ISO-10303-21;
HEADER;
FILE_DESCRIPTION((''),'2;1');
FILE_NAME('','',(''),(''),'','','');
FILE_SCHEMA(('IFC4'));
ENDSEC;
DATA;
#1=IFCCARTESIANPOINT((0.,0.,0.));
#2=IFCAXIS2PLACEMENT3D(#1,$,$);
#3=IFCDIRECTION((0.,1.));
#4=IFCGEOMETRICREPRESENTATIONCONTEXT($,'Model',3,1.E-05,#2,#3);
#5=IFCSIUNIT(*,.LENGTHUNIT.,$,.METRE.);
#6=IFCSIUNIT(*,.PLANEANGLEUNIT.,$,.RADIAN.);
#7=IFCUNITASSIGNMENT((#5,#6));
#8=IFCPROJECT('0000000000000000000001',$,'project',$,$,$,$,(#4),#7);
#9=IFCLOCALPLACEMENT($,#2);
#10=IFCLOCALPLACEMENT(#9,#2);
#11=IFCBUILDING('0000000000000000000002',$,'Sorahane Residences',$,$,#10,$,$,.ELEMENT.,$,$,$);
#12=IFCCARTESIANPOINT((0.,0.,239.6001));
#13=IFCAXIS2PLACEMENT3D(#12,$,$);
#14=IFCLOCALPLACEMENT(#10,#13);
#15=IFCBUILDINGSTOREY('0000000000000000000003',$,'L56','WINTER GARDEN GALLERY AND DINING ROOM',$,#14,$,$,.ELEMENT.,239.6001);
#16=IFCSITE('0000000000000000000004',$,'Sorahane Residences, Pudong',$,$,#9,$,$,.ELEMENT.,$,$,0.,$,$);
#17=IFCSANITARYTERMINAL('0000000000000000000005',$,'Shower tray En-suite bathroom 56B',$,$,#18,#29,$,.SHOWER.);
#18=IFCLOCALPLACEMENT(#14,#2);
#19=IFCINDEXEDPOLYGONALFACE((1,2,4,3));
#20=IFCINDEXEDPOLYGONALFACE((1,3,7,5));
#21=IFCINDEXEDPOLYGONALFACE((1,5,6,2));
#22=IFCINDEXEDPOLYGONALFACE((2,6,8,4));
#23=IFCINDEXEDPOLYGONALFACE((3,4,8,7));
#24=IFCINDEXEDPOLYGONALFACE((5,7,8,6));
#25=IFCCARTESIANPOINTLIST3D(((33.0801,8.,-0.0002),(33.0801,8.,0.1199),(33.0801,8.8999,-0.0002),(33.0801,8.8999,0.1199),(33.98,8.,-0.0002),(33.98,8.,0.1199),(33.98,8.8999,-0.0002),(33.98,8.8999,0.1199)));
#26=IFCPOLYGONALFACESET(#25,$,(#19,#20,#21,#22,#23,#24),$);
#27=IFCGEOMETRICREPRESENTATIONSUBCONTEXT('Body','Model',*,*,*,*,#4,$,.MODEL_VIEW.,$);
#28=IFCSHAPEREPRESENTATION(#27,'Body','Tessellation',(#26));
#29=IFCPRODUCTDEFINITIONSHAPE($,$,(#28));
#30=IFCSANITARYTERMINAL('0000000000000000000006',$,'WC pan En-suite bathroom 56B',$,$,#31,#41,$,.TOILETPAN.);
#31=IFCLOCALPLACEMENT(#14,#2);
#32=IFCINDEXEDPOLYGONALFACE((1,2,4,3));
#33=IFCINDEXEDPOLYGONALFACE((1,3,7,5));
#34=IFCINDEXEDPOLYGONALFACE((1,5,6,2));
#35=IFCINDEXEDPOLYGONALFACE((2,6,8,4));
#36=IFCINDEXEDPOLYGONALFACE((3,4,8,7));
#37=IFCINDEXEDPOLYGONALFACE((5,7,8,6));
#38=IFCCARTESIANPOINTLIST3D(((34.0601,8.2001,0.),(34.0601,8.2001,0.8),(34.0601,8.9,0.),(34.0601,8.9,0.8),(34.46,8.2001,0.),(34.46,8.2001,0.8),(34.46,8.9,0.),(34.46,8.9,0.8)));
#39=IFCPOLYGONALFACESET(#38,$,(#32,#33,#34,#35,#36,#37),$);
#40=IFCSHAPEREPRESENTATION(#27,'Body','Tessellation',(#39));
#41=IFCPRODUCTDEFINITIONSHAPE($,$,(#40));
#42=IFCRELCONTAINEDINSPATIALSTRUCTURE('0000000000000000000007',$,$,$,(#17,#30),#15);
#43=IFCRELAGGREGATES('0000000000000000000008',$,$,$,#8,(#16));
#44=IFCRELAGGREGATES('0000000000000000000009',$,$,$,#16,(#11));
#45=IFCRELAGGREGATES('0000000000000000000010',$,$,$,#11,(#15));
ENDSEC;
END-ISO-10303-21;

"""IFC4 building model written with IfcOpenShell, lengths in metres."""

from ifc_helpers import new_model, si_unit, direction, frame, origin, origin_2d, place, context, subcontext, project, spatial, rectangle, extrude, element, save


model = new_model("IFC4")

# Units and contexts
model_context = context("Model", 3, precision=1e-05, world=origin(), true_north=direction((0.0, 1.0)))
body_context = subcontext(model_context, "Body", "Model", "MODEL_VIEW")
ifc_project = project(units=[si_unit("LENGTHUNIT", "METRE"), si_unit("PLANEANGLEUNIT", "RADIAN")], contexts=[model_context])

# Site, building, storey
site_placement = place(None, origin())
site = spatial("IfcSite", under=ifc_project, at=site_placement, Name="Sorahane Residences, Pudong", CompositionType="ELEMENT", RefElevation=0.0)
building_placement = place(site_placement, origin())
building = spatial("IfcBuilding", under=site, at=building_placement, Name="Sorahane Residences", CompositionType="ELEMENT")
storey_placement = place(building_placement, frame((0.0, 0.0, 239.6001)))
storey = spatial("IfcBuildingStorey", under=building, at=storey_placement, Name="L56", Description="WINTER GARDEN GALLERY AND DINING ROOM", CompositionType="ELEMENT", Elevation=239.6001)

# Sanitary terminals
sanitary_terminal_1_placement = place(storey_placement, frame((33.53, 8.45, -0.0002), z_axis=(0.0, 0.0, 1.0), x_axis=(1.0, 0.0, 0.0)))
element("IfcSanitaryTerminal", 1, at=sanitary_terminal_1_placement, inside=storey, Name="Shower tray En-suite bathroom 56B", PredefinedType="SHOWER", context=body_context, shape_type="SweptSolid", body=[
    extrude(rectangle(XDim=0.8999, YDim=0.8999, at=origin_2d()), origin(), (0.0, 0.0, 1.0), 0.1201),
])
sanitary_terminal_2_placement = place(storey_placement, frame((34.26, 8.55, 0.0), z_axis=(0.0, 0.0, 1.0), x_axis=(1.0, 0.0, 0.0)))
element("IfcSanitaryTerminal", 2, at=sanitary_terminal_2_placement, inside=storey, Name="WC pan En-suite bathroom 56B", PredefinedType="TOILETPAN", context=body_context, shape_type="SweptSolid", body=[
    extrude(rectangle(XDim=0.3999, YDim=0.7, at=origin_2d()), origin(), (0.0, 0.0, 1.0), 0.8),
])

save(model, "model.ifc")
